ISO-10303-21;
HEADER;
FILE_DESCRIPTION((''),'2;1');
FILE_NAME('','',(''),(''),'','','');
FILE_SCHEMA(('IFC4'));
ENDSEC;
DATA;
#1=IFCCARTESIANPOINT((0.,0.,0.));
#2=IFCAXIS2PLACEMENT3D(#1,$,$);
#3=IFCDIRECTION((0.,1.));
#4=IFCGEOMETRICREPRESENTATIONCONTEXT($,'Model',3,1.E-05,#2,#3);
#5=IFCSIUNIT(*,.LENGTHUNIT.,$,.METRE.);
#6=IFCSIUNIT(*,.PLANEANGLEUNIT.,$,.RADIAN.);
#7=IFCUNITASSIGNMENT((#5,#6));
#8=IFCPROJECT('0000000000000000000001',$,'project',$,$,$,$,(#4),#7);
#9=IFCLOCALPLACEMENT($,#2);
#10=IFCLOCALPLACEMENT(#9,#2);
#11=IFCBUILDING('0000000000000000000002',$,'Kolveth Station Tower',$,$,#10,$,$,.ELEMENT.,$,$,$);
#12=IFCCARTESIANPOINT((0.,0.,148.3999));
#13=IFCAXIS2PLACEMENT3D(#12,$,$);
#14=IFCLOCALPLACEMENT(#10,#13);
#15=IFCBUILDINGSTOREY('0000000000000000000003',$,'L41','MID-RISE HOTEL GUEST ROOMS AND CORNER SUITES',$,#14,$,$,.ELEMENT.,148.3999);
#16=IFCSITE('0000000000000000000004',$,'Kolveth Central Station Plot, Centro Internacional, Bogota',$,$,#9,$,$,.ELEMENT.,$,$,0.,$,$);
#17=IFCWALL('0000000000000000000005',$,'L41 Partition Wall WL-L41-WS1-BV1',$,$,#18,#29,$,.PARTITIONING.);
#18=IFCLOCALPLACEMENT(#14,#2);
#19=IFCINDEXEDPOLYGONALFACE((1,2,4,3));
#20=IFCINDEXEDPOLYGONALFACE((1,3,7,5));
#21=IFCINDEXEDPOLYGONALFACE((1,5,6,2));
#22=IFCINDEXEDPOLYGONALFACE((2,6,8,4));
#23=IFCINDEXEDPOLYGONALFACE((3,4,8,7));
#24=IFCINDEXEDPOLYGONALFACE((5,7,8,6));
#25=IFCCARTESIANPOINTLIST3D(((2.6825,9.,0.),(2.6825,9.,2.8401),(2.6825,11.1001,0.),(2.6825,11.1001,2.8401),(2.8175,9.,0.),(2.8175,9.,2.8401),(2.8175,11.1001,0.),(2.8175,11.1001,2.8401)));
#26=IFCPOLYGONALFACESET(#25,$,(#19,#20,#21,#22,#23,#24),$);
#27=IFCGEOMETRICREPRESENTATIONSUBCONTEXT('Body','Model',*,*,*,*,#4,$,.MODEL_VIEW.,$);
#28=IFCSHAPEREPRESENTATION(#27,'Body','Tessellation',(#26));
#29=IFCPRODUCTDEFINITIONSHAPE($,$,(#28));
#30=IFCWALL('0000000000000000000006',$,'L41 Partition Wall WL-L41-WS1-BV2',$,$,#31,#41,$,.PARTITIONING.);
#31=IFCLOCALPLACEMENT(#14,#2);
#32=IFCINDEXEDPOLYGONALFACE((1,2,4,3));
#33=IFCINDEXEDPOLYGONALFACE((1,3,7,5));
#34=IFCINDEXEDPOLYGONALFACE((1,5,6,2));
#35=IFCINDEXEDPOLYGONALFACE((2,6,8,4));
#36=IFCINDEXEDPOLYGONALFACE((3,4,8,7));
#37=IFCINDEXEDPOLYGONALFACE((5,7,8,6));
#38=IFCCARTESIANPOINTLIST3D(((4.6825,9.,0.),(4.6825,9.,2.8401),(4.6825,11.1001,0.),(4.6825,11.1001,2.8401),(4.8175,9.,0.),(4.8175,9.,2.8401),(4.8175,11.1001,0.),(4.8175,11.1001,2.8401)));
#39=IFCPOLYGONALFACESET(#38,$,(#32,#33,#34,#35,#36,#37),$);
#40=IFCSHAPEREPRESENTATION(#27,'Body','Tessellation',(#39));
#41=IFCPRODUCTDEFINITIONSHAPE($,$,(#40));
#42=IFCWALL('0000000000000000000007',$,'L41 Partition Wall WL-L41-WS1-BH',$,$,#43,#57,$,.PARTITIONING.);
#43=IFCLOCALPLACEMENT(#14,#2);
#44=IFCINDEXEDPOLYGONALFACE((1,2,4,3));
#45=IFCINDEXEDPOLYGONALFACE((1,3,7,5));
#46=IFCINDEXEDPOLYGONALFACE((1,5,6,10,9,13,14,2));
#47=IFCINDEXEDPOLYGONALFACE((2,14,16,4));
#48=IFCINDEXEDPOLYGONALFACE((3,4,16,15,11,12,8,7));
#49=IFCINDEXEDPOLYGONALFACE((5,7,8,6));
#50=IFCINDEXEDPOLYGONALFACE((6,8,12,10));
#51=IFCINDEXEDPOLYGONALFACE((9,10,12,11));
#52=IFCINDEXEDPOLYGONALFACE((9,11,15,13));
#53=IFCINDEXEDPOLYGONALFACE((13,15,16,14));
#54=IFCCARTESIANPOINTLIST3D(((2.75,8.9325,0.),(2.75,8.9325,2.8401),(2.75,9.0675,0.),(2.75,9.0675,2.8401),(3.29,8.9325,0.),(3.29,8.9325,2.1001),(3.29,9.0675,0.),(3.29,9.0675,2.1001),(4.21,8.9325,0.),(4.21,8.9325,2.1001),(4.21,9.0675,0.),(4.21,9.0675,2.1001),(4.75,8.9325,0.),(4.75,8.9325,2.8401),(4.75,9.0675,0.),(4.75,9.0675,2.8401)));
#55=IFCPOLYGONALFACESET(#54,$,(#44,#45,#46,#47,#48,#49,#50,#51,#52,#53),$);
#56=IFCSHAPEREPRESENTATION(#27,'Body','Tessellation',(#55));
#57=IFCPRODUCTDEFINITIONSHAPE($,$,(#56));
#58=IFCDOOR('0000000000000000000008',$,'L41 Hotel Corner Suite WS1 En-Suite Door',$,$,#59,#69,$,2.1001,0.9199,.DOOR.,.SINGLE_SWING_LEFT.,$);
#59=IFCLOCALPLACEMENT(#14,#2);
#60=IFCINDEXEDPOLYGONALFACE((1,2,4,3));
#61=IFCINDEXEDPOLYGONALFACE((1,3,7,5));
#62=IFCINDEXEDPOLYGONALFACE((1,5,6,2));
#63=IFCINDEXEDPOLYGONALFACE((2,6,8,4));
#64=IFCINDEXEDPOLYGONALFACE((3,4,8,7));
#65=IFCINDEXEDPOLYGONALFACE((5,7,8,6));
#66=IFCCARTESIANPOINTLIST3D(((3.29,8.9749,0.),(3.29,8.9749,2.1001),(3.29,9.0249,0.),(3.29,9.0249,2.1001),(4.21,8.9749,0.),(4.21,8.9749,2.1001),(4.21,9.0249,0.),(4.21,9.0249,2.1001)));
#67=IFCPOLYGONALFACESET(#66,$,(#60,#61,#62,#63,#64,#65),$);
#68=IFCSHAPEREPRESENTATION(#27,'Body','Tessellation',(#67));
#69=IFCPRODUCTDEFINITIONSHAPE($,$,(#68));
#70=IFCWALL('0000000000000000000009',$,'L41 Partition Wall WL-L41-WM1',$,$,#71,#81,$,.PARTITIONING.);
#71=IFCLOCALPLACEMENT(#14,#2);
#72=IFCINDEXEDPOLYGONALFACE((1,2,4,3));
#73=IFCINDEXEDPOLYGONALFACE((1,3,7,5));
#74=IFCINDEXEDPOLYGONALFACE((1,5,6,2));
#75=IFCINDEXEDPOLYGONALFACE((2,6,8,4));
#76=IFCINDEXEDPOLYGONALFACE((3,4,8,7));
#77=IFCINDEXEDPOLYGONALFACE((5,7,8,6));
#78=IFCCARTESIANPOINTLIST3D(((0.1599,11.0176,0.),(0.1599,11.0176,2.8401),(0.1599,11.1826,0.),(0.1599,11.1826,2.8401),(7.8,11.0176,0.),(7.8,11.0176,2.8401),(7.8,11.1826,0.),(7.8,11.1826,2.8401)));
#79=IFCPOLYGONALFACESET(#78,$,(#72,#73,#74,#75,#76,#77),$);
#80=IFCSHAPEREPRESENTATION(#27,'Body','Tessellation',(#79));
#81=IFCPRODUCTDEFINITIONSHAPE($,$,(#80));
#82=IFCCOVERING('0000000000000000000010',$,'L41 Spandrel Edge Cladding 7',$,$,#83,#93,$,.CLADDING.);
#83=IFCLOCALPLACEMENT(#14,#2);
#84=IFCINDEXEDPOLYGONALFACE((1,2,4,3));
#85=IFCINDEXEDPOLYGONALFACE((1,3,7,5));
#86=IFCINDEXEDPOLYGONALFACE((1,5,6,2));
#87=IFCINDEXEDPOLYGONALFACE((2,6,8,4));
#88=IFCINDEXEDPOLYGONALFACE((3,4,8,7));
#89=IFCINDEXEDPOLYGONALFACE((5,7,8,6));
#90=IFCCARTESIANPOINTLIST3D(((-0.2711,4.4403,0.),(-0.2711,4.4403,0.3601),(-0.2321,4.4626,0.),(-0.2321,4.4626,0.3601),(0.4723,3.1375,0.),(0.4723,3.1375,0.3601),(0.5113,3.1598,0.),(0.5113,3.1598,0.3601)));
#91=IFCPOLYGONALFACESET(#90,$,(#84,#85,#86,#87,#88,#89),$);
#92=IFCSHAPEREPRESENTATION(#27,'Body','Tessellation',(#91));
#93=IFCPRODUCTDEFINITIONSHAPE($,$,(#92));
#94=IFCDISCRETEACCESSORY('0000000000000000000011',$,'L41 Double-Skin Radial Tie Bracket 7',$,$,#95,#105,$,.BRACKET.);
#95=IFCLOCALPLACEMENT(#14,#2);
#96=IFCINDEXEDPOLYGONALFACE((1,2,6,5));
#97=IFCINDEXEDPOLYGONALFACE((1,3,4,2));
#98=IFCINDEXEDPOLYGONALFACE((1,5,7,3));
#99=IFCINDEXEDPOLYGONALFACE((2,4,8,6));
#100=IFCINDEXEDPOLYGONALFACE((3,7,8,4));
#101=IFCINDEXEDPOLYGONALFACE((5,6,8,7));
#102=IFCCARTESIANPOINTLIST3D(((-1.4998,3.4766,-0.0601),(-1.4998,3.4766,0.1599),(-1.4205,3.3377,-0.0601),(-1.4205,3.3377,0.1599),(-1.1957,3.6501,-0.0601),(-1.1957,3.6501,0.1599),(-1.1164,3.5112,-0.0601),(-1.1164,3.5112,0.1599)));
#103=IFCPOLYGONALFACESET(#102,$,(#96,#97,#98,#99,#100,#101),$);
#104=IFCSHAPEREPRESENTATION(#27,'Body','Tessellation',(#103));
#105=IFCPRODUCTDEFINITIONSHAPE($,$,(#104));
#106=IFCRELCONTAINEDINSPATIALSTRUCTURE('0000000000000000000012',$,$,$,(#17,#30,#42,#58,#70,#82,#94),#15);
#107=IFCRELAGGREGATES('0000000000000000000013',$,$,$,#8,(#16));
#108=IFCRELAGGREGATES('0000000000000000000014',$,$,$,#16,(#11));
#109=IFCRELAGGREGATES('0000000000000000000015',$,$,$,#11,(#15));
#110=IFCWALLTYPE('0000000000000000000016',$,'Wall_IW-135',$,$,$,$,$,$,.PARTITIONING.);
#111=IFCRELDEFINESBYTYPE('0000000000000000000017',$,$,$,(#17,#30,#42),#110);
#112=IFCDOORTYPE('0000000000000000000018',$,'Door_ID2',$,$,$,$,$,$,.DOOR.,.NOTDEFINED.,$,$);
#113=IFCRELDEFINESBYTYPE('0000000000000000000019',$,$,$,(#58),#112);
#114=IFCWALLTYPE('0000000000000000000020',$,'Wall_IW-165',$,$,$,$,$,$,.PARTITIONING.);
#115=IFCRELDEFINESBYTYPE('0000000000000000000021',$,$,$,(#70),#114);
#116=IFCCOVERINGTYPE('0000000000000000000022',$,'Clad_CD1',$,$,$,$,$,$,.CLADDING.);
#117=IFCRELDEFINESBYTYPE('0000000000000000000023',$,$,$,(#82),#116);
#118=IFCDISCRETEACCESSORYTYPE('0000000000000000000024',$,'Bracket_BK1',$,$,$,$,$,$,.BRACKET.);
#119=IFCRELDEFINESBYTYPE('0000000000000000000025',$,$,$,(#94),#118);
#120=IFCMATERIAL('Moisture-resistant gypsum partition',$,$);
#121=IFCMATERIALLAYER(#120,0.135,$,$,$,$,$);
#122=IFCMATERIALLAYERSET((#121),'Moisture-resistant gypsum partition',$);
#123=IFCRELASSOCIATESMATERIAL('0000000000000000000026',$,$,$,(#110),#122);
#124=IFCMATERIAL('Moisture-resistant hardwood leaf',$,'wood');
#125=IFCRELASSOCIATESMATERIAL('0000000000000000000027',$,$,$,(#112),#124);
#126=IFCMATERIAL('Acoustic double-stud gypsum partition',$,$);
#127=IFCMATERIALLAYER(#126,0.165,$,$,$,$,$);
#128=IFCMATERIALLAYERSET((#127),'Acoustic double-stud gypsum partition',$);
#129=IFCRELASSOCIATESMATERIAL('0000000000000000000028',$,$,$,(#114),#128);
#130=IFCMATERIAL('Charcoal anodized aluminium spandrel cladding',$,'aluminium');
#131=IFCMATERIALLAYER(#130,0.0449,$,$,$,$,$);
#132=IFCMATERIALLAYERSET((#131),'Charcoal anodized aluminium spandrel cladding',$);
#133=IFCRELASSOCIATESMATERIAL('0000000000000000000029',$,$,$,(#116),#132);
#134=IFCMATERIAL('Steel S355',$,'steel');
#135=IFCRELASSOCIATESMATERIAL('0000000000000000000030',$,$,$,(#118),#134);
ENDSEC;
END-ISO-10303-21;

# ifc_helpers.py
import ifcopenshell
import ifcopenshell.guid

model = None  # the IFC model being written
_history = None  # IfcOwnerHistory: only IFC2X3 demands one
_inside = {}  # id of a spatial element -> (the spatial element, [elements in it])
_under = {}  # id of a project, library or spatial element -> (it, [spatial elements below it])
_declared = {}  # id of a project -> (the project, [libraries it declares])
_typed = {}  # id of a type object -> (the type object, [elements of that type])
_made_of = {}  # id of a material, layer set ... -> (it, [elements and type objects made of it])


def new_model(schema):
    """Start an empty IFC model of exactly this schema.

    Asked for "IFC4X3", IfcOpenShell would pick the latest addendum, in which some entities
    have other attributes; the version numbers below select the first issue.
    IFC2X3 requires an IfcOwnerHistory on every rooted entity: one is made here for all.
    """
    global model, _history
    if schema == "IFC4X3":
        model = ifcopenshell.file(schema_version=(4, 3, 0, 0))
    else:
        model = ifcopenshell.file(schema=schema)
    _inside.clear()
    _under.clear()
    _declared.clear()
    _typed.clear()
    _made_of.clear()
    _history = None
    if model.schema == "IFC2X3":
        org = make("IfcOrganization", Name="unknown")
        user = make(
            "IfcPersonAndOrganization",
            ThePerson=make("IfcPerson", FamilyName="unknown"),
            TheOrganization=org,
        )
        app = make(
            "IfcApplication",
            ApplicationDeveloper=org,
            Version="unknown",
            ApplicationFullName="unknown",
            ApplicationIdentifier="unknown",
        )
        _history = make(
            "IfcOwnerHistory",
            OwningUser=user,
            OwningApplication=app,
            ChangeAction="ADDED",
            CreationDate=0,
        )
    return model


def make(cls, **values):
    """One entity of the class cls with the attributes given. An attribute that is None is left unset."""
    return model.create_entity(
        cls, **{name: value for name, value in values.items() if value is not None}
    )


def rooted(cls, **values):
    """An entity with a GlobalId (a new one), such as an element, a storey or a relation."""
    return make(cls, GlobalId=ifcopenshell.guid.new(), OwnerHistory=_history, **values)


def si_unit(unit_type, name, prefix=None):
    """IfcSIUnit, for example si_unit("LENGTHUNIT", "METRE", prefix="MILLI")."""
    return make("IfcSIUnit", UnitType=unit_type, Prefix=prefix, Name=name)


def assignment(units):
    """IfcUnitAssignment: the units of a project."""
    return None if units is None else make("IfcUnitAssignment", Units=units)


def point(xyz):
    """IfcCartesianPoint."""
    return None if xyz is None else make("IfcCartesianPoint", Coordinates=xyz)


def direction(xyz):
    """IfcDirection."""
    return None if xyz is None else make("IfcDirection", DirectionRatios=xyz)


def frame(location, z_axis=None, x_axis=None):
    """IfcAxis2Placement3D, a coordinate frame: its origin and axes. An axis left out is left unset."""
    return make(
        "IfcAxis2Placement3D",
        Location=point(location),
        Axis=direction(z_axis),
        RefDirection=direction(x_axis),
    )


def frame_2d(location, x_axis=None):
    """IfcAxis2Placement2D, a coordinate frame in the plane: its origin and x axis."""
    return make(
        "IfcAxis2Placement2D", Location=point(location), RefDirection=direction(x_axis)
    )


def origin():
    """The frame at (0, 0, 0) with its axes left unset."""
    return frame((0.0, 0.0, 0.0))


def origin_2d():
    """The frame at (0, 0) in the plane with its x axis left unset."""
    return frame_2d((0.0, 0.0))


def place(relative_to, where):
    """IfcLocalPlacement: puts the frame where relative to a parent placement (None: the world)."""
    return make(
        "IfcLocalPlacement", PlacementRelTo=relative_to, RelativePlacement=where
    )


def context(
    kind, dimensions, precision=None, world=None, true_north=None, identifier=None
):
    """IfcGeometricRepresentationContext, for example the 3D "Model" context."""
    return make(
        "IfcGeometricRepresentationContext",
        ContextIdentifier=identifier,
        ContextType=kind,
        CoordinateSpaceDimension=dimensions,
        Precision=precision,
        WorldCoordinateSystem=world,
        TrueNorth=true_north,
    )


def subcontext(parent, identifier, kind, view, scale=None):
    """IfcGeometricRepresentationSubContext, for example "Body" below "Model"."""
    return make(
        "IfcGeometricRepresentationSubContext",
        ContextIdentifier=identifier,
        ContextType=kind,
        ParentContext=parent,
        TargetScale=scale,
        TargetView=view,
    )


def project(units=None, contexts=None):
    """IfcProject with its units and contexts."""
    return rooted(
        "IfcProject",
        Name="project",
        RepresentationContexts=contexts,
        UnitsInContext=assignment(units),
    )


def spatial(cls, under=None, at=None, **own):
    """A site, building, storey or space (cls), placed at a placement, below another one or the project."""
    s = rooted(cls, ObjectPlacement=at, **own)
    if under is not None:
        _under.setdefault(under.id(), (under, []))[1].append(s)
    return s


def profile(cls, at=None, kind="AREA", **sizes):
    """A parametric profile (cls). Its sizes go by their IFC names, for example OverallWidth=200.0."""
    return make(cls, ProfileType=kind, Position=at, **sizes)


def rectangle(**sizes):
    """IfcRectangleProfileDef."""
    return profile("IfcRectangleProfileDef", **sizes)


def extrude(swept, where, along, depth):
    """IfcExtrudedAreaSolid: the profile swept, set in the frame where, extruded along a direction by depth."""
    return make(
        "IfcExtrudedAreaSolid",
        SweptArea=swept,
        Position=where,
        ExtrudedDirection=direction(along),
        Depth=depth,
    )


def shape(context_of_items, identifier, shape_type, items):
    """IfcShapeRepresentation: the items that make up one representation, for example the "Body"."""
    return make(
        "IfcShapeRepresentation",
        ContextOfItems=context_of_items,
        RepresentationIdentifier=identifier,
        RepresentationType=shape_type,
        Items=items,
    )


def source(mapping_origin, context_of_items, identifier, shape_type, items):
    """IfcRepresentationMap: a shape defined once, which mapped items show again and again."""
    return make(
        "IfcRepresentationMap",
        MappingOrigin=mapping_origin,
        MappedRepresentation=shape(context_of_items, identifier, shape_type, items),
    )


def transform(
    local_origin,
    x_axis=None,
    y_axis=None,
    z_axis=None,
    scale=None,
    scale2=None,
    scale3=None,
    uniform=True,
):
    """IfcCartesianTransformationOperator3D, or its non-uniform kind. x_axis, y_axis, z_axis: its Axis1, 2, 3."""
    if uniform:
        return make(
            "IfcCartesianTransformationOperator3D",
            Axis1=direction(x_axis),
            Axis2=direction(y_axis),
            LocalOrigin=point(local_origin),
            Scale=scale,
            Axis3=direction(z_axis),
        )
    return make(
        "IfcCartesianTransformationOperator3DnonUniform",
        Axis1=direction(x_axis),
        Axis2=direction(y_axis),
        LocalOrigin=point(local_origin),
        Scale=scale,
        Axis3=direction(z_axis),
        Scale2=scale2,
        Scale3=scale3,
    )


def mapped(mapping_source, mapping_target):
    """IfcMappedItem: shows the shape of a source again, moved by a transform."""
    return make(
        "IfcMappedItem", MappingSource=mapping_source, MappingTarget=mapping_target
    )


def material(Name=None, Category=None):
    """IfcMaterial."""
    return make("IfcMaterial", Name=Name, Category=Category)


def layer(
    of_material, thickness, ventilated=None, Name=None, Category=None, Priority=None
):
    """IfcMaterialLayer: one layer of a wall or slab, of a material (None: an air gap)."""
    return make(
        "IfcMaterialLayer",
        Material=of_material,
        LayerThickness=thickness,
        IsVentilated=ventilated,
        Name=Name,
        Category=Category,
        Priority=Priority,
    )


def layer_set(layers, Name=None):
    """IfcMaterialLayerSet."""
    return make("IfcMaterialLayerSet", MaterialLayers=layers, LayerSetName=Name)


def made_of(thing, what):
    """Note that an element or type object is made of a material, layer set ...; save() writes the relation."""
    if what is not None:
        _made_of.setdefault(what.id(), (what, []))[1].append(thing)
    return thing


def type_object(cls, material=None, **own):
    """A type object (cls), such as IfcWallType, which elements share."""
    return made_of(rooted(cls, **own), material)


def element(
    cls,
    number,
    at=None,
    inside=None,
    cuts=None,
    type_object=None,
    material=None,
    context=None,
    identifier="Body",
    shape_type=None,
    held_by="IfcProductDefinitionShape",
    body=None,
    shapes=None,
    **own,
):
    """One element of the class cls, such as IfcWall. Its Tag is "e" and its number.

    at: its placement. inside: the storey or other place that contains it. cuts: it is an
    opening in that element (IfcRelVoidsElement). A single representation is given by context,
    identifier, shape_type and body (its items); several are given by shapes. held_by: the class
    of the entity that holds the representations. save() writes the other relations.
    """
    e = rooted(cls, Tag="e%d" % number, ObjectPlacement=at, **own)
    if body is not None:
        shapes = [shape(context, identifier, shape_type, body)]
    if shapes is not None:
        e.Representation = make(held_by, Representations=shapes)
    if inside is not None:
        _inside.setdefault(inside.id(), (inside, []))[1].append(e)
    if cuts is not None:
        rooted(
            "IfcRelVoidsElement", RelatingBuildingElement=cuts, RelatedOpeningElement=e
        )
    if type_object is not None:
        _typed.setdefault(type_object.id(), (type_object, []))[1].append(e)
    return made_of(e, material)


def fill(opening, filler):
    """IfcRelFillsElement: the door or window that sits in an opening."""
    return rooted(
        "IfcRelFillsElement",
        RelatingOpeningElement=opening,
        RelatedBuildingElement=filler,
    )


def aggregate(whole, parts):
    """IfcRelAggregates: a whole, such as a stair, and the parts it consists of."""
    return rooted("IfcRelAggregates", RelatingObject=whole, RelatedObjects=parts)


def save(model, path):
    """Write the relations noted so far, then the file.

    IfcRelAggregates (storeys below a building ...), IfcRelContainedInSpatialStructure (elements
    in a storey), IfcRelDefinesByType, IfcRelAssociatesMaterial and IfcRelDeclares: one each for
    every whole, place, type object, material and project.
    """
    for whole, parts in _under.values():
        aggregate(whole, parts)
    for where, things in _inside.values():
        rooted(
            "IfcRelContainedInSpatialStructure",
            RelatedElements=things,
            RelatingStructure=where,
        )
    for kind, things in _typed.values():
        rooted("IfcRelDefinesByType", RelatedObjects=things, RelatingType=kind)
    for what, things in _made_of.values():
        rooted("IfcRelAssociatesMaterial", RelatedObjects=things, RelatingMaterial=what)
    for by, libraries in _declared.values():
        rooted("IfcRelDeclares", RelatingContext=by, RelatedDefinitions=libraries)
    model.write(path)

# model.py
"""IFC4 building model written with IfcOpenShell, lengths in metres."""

from ifc_helpers import new_model, si_unit, direction, frame, frame_2d, origin, origin_2d, place, context, subcontext, project, spatial, rectangle, extrude, source, transform, mapped, material, layer, layer_set, type_object, element, fill, save


model = new_model("IFC4")

# Units and contexts
model_context = context("Model", 3, precision=1e-05, world=origin(), true_north=direction((0.0, 1.0)))
body_context = subcontext(model_context, "Body", "Model", "MODEL_VIEW")
ifc_project = project(units=[si_unit("LENGTHUNIT", "METRE"), si_unit("PLANEANGLEUNIT", "RADIAN")], contexts=[model_context])

# Site, building, storey
site_placement = place(None, origin())
site = spatial("IfcSite", under=ifc_project, at=site_placement, Name="Kolveth Central Station Plot, Centro Internacional, Bogota", CompositionType="ELEMENT", RefElevation=0.0)
building_placement = place(site_placement, origin())
building = spatial("IfcBuilding", under=site, at=building_placement, Name="Kolveth Station Tower", CompositionType="ELEMENT")
storey_placement = place(building_placement, frame((0.0, 0.0, 148.3999)))
storey = spatial("IfcBuildingStorey", under=building, at=storey_placement, Name="L41", Description="MID-RISE HOTEL GUEST ROOMS AND CORNER SUITES", CompositionType="ELEMENT", Elevation=148.3999)

# Shared definitions
ifc_material_1 = material(Name="Steel S355", Category="steel")

# Walls
ifc_material_2 = material(Name="Moisture-resistant gypsum partition")
ifc_layer_1 = layer(ifc_material_2, 0.135)
ifc_layer_set_1 = layer_set([ifc_layer_1], Name="Moisture-resistant gypsum partition")
wall_type_1 = type_object("IfcWallType", Name="Wall_IW-135", PredefinedType="PARTITIONING", material=ifc_layer_set_1)
for number, where, z_axis, x_axis, name in (
    (1, (2.75, 9.0, 0.0), (0.0, 0.0, 1.0), (0.0, 1.0, 0.0), "L41 Partition Wall WL-L41-WS1-BV1"),
    (2, (4.75, 9.0, 0.0), (0.0, 0.0, 1.0), (0.0, 1.0, 0.0), "L41 Partition Wall WL-L41-WS1-BV2"),
):
    element("IfcWall", number, at=place(storey_placement, frame(where, z_axis=z_axis, x_axis=x_axis)), inside=storey, type_object=wall_type_1, Name=name, PredefinedType="PARTITIONING", context=body_context, shape_type="SweptSolid", body=[
        extrude(rectangle(XDim=2.1001, YDim=0.135, at=frame_2d((1.05, 0.0))), origin(), (0.0, 0.0, 1.0), 2.8401),
    ])

# Wall, opening, door
wall_1_placement = place(storey_placement, frame((2.75, 9.0, 0.0), z_axis=(0.0, 0.0, 1.0), x_axis=(1.0, 0.0, 0.0)))
wall_1 = element("IfcWall", 3, at=wall_1_placement, inside=storey, type_object=wall_type_1, Name="L41 Partition Wall WL-L41-WS1-BH", PredefinedType="PARTITIONING", context=body_context, shape_type="SweptSolid", body=[
    extrude(rectangle(XDim=2.0, YDim=0.135, at=frame_2d((1.0, 0.0))), origin(), (0.0, 0.0, 1.0), 2.8401),
])
opening_placement = place(wall_1_placement, frame((0.54, 0.0, 0.0)))
opening = element("IfcOpeningElement", 4, at=opening_placement, cuts=wall_1, PredefinedType="OPENING", context=body_context, shape_type="SweptSolid", body=[
    extrude(rectangle(XDim=0.9199, YDim=2.1001, at=frame_2d((0.46, 1.05))), frame((0.0, 0.0774, 0.0), z_axis=(0.0, -1.0, 0.0), x_axis=(1.0, 0.0, 0.0)), (0.0, 0.0, 1.0), 0.155),
])
ifc_material_3 = material(Name="Moisture-resistant hardwood leaf", Category="wood")
door_type = type_object("IfcDoorType", Name="Door_ID2", OperationType="NOTDEFINED", PredefinedType="DOOR", material=ifc_material_3)
door_placement = place(opening_placement, origin())
door = element("IfcDoor", 5, at=door_placement, inside=storey, type_object=door_type, Name="L41 Hotel Corner Suite WS1 En-Suite Door", OperationType="SINGLE_SWING_LEFT", OverallHeight=2.1001, OverallWidth=0.9199, PredefinedType="DOOR", context=body_context, shape_type="SweptSolid", body=[
    extrude(rectangle(XDim=0.9199, YDim=2.1001, at=frame_2d((0.46, 1.05))), frame((0.0, 0.0249, 0.0), z_axis=(0.0, -1.0, 0.0), x_axis=(1.0, 0.0, 0.0)), (0.0, 0.0, 1.0), 0.05),
])
fill(opening, door)

# Wall
ifc_material_4 = material(Name="Acoustic double-stud gypsum partition")
ifc_layer_2 = layer(ifc_material_4, 0.165)
ifc_layer_set_2 = layer_set([ifc_layer_2], Name="Acoustic double-stud gypsum partition")
wall_type_2 = type_object("IfcWallType", Name="Wall_IW-165", PredefinedType="PARTITIONING", material=ifc_layer_set_2)
wall_2_placement = place(storey_placement, frame((0.1599, 11.1001, 0.0), z_axis=(0.0, 0.0, 1.0), x_axis=(1.0, 0.0, 0.0)))
element("IfcWall", 6, at=wall_2_placement, inside=storey, type_object=wall_type_2, Name="L41 Partition Wall WL-L41-WM1", PredefinedType="PARTITIONING", context=body_context, shape_type="SweptSolid", body=[
    extrude(rectangle(XDim=7.6401, YDim=0.165, at=frame_2d((3.8201, 0.0))), origin(), (0.0, 0.0, 1.0), 2.8401),
])

# Covering
ifc_material_5 = material(Name="Charcoal anodized aluminium spandrel cladding", Category="aluminium")
ifc_layer_3 = layer(ifc_material_5, 0.0449)
ifc_layer_set_3 = layer_set([ifc_layer_3], Name="Charcoal anodized aluminium spandrel cladding")
covering_type = type_object("IfcCoveringType", Name="Clad_CD1", PredefinedType="CLADDING", material=ifc_layer_set_3)
shared_shape_1 = source(origin(), body_context, "Body", "SweptSolid", [
    extrude(rectangle(XDim=1.5, YDim=0.0449, at=origin_2d()), origin(), (0.0, 0.0, 1.0), 0.3601),
])
covering_placement = place(storey_placement, frame((0.1201, 3.8, 0.0), z_axis=(0.0, 0.0, 1.0), x_axis=(0.49561, -0.868545, 0.0)))
element("IfcCovering", 7, at=covering_placement, inside=storey, type_object=covering_type, Name="L41 Spandrel Edge Cladding 7", PredefinedType="CLADDING", context=body_context, shape_type="MappedRepresentation", body=[
    mapped(shared_shape_1, transform((0.0, 0.0, 0.0), x_axis=(1.0, 0.0, 0.0), y_axis=(0.0, 1.0, 0.0), z_axis=(0.0, 0.0, 1.0), scale=1.0)),
])

# Discrete accessory
discrete_accessory_type = type_object("IfcDiscreteAccessoryType", Name="Bracket_BK1", PredefinedType="BRACKET", material=ifc_material_1)
shared_shape_2 = source(origin(), body_context, "Body", "SweptSolid", [
    extrude(rectangle(XDim=0.3501, YDim=0.1599, at=origin_2d()), origin(), (0.0, 0.0, 1.0), 0.22),
])
discrete_accessory_placement = place(storey_placement, frame((-1.3081, 3.4939, -0.0601), z_axis=(0.0, 0.0, 1.0), x_axis=(-0.868545, -0.49561, 0.0)))
element("IfcDiscreteAccessory", 8, at=discrete_accessory_placement, inside=storey, type_object=discrete_accessory_type, Name="L41 Double-Skin Radial Tie Bracket 7", PredefinedType="BRACKET", context=body_context, shape_type="MappedRepresentation", body=[
    mapped(shared_shape_2, transform((0.0, 0.0, 0.0), x_axis=(1.0, 0.0, 0.0), y_axis=(0.0, 1.0, 0.0), z_axis=(0.0, 0.0, 1.0), scale=1.0)),
])

save(model, "model.ifc")
